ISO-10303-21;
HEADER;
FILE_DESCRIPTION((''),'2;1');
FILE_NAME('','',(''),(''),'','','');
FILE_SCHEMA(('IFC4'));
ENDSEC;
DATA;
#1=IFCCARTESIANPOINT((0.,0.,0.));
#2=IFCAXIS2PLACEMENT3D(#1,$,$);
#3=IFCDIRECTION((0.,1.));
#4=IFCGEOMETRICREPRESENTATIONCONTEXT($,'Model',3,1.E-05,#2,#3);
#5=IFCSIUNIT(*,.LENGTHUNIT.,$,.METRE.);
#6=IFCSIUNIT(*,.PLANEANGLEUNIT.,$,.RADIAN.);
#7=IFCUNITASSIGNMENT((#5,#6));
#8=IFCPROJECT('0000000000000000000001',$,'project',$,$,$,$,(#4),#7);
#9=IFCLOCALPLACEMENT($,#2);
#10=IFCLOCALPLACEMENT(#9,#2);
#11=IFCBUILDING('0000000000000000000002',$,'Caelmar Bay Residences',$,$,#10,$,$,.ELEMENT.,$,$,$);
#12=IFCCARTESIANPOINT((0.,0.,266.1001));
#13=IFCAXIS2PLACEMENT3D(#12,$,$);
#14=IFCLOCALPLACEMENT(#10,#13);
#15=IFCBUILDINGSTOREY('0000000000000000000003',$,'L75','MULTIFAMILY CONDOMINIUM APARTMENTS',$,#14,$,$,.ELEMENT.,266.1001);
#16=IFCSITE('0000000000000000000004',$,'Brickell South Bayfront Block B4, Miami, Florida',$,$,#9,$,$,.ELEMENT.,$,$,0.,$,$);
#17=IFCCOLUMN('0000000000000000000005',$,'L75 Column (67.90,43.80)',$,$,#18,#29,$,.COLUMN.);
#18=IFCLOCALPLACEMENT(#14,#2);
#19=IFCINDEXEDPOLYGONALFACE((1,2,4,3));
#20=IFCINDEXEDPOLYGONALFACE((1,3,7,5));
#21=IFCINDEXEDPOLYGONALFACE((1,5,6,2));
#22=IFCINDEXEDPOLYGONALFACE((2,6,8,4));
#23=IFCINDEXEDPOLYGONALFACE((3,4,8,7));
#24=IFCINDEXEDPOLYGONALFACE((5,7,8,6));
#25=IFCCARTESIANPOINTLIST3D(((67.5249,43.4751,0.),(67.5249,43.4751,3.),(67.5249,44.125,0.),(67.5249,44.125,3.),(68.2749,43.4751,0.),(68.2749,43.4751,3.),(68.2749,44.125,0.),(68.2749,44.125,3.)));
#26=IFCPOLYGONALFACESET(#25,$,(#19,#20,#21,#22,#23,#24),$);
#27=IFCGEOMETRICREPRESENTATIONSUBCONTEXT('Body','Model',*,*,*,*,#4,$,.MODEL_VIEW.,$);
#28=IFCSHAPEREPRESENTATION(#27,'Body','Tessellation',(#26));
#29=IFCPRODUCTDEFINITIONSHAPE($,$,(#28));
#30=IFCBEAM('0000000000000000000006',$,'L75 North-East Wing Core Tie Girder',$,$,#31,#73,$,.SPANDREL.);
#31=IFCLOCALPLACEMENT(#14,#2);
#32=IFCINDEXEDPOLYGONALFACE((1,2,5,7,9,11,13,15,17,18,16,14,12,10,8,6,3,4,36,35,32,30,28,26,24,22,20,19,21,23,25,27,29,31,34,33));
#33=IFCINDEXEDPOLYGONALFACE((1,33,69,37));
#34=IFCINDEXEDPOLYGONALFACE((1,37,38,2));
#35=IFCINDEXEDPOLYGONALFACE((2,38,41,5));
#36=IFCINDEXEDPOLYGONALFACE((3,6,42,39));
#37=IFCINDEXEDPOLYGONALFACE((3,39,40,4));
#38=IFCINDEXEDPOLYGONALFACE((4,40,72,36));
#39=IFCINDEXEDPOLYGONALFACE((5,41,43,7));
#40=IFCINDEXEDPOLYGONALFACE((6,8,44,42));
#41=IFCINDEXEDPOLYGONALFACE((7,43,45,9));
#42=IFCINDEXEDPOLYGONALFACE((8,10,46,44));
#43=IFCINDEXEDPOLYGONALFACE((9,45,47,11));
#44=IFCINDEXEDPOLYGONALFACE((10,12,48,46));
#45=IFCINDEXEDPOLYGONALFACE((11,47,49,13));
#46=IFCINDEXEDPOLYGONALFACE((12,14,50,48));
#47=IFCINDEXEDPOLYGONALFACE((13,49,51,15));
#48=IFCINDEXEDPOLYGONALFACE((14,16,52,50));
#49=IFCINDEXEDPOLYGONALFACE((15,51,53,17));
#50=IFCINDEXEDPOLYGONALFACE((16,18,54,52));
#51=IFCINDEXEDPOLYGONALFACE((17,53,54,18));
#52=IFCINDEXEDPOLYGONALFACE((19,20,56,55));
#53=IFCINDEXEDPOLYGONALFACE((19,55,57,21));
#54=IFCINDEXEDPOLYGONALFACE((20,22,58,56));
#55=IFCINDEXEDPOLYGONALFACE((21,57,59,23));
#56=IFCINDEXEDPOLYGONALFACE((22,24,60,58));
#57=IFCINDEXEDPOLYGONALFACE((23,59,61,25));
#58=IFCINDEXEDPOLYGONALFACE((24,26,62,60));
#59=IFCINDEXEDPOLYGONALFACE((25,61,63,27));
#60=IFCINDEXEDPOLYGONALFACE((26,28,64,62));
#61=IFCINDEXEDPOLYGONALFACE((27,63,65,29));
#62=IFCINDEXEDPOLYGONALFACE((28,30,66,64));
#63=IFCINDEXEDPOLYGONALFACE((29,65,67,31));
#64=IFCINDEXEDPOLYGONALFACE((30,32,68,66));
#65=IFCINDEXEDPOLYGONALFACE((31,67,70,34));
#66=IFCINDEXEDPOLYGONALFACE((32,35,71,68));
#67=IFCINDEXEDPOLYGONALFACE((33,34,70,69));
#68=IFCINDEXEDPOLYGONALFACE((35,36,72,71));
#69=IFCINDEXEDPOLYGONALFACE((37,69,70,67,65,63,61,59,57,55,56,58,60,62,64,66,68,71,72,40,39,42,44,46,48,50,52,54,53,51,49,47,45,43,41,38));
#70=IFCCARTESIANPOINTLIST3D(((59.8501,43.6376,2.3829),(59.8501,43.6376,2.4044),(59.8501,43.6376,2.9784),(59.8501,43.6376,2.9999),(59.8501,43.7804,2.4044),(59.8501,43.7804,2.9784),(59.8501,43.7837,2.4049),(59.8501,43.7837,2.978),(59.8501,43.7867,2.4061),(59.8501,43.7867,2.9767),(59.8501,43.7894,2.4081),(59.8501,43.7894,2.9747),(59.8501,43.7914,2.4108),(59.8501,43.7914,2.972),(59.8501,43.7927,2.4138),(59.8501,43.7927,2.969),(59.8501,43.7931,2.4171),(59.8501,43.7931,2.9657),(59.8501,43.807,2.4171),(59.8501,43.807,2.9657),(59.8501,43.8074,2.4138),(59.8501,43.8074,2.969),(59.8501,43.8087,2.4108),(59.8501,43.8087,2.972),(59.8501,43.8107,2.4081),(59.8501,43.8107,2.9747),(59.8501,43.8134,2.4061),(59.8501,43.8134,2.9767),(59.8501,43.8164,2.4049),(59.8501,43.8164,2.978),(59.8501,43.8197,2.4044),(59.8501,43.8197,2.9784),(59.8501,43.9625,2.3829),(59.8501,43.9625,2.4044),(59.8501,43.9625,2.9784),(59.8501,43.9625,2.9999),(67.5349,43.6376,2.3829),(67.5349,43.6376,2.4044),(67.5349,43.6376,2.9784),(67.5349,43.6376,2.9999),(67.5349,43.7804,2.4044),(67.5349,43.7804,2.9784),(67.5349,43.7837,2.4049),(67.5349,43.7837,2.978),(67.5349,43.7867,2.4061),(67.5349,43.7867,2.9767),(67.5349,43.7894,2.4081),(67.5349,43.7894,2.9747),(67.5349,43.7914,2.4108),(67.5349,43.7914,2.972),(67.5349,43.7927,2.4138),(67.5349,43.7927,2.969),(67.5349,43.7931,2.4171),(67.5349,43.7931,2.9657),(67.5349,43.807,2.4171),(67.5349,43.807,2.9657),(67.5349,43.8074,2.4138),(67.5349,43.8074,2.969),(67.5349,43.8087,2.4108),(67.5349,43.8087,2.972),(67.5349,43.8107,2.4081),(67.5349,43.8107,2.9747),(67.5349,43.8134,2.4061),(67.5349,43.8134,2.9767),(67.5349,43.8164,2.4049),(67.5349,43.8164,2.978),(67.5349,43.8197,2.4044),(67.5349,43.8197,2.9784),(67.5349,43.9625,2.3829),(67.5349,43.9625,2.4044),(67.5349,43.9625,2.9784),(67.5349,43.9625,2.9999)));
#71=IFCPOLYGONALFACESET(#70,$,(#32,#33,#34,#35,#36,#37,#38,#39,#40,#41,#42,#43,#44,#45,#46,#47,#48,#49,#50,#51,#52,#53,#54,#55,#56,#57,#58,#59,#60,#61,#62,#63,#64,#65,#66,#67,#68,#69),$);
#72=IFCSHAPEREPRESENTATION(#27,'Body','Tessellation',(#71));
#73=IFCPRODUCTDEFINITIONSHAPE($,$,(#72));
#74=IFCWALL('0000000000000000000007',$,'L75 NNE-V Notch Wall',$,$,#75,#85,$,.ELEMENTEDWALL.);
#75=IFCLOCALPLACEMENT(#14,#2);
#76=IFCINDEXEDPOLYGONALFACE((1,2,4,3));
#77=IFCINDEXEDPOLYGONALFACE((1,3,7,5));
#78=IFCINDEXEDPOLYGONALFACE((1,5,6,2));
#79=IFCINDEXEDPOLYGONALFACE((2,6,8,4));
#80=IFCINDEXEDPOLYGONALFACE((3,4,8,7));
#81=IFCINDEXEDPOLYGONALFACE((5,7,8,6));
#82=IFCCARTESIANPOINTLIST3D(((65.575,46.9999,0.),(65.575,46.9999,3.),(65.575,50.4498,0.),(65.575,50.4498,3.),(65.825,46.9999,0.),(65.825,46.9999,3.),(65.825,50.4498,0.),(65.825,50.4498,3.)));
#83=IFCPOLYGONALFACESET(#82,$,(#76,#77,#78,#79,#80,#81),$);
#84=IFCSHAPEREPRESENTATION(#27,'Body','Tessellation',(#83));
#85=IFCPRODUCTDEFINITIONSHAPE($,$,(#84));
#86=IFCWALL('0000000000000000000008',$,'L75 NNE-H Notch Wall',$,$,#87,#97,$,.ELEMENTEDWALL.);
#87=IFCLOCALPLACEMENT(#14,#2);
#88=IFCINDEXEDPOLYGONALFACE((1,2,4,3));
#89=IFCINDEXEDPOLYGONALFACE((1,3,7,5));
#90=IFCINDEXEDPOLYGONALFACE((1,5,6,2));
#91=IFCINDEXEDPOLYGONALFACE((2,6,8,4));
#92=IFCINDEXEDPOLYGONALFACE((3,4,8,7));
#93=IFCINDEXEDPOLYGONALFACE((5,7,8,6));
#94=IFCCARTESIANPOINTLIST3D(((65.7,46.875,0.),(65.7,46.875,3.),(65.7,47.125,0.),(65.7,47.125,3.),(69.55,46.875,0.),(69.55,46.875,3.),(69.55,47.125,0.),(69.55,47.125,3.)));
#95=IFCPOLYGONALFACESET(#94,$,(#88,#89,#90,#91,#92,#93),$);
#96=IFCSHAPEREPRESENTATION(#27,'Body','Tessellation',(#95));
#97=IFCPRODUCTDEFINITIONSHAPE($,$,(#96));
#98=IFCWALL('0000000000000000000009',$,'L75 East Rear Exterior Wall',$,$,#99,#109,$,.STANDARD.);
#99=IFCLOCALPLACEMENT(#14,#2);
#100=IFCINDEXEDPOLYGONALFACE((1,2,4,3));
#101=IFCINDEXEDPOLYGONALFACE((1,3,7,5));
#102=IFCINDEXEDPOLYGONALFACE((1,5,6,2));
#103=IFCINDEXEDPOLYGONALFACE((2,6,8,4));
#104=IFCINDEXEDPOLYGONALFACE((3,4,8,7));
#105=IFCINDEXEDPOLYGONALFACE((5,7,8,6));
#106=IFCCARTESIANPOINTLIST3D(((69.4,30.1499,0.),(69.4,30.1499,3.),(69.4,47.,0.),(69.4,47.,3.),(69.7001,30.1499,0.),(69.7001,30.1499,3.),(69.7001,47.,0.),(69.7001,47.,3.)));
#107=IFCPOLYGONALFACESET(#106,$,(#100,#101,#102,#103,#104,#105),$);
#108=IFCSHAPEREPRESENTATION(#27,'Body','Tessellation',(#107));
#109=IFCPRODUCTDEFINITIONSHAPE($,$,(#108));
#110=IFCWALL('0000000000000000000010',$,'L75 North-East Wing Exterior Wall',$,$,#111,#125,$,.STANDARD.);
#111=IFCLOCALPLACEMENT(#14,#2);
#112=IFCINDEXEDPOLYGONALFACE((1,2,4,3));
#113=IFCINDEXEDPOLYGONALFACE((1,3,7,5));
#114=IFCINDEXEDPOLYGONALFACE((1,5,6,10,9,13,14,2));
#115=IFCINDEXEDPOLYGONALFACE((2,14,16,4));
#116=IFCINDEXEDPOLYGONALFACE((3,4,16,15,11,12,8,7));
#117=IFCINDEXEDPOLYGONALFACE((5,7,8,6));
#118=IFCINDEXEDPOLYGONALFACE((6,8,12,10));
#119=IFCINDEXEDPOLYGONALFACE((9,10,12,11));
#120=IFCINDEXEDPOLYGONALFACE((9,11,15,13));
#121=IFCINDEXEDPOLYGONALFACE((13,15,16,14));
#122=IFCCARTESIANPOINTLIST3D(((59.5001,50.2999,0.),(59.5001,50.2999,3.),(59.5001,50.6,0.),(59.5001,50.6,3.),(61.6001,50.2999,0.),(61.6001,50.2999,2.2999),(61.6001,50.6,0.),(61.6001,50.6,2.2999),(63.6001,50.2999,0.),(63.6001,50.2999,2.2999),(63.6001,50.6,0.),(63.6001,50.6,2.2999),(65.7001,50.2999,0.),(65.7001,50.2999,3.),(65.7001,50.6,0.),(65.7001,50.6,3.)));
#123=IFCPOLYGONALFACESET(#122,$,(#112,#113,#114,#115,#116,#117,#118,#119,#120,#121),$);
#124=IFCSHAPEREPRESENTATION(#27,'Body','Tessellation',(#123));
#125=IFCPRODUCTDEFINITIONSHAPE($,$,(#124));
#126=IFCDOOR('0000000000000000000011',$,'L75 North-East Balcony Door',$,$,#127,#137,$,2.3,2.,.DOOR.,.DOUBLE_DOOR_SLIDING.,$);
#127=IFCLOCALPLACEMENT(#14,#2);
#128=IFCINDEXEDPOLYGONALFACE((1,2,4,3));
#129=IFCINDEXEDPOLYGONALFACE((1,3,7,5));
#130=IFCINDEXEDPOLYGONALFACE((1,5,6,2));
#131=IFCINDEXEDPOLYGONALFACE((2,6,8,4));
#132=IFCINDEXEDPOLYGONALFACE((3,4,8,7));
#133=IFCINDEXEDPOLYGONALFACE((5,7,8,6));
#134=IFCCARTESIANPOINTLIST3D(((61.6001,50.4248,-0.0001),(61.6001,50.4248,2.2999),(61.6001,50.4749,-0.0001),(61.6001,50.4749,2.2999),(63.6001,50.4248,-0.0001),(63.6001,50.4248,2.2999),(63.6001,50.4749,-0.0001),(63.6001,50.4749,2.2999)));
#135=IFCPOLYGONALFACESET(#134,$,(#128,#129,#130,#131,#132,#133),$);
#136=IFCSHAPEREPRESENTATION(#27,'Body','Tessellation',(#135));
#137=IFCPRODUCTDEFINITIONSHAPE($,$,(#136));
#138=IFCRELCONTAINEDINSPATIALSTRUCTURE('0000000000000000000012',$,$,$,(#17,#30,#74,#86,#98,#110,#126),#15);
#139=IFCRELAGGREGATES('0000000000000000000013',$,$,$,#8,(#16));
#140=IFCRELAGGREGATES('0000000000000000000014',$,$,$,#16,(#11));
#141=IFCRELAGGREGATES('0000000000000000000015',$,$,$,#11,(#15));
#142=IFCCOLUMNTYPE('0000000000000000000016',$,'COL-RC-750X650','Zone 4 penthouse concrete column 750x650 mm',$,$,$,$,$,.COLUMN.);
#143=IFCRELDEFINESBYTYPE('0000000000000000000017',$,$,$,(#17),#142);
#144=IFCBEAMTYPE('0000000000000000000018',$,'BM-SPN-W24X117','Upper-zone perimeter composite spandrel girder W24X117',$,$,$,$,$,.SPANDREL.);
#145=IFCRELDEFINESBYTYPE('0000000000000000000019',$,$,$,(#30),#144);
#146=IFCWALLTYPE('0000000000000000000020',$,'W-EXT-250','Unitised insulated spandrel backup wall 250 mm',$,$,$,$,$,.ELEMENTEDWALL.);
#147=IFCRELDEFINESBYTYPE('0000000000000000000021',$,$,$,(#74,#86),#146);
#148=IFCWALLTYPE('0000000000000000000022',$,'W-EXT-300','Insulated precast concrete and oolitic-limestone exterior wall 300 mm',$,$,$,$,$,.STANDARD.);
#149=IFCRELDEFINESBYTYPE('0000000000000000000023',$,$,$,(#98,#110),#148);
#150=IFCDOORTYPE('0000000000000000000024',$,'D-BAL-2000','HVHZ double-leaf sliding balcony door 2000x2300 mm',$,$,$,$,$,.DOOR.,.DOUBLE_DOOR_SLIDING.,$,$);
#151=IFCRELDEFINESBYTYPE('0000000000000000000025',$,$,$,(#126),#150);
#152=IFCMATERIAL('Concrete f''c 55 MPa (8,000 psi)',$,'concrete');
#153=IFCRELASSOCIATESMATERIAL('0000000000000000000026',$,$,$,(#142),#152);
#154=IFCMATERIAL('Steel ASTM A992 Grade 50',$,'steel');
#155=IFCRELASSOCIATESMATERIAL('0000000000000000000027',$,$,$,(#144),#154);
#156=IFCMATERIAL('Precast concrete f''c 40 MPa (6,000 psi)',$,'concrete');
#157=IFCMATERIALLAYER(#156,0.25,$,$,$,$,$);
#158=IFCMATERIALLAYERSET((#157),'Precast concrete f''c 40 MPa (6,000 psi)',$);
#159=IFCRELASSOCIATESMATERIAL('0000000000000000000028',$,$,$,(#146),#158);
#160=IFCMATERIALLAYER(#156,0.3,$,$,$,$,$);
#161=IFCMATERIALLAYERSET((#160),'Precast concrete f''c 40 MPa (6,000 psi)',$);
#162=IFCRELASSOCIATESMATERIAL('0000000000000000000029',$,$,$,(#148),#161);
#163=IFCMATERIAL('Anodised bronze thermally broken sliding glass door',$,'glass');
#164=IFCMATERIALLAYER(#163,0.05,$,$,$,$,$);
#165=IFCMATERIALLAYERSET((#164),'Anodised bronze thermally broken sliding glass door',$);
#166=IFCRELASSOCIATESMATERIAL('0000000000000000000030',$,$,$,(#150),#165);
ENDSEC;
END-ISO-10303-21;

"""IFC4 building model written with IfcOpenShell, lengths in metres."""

from ifc_helpers import new_model, si_unit, direction, frame, frame_2d, origin, origin_2d, place, context, subcontext, project, spatial, rectangle, i_section, extrude, material, layer, layer_set, material_profile, profile_set, type_object, element, fill, save


model = new_model("IFC4")

# Units and contexts
model_context = context("Model", 3, precision=1e-05, world=origin(), true_north=direction((0.0, 1.0)))
body_context = subcontext(model_context, "Body", "Model", "MODEL_VIEW")
ifc_project = project(units=[si_unit("LENGTHUNIT", "METRE"), si_unit("PLANEANGLEUNIT", "RADIAN")], contexts=[model_context])

# Site, building, storey
site_placement = place(None, origin())
site = spatial("IfcSite", under=ifc_project, at=site_placement, Name="Brickell South Bayfront Block B4, Miami, Florida", CompositionType="ELEMENT", RefElevation=0.0)
building_placement = place(site_placement, origin())
building = spatial("IfcBuilding", under=site, at=building_placement, Name="Caelmar Bay Residences", CompositionType="ELEMENT")
storey_placement = place(building_placement, frame((0.0, 0.0, 266.1001)))
storey = spatial("IfcBuildingStorey", under=building, at=storey_placement, Name="L75", Description="MULTIFAMILY CONDOMINIUM APARTMENTS", CompositionType="ELEMENT", Elevation=266.1001)

# Column
ifc_material_1 = material(Name="Concrete f'c 55 MPa (8,000 psi)", Category="concrete")
ifc_material_profile_1 = material_profile(ifc_material_1, rectangle(XDim=0.75, YDim=0.6499, at=origin_2d()), Name="RC-COL-750X650")
ifc_profile_set_1 = profile_set([ifc_material_profile_1], Name="Concrete f'c 55 MPa (8,000 psi)")
column_type = type_object("IfcColumnType", Name="COL-RC-750X650", Description="Zone 4 penthouse concrete column 750x650 mm", PredefinedType="COLUMN", material=ifc_profile_set_1)
column_placement = place(storey_placement, frame((67.8999, 43.8, 0.0), z_axis=(0.0, 0.0, 1.0), x_axis=(1.0, 0.0, 0.0)))
element("IfcColumn", 1, at=column_placement, inside=storey, type_object=column_type, Name="L75 Column (67.90,43.80)", PredefinedType="COLUMN", context=body_context, shape_type="SweptSolid", body=[
    extrude(rectangle(XDim=0.75, YDim=0.6499, at=origin_2d()), origin(), (0.0, 0.0, 1.0), 3.0),
])

# Beam
ifc_material_2 = material(Name="Steel ASTM A992 Grade 50", Category="steel")
ifc_material_profile_2 = material_profile(ifc_material_2, i_section(OverallWidth=0.325, OverallDepth=0.6169, WebThickness=0.0139, FlangeThickness=0.0215, FilletRadius=0.0127, at=origin_2d()), Name="W24X117")
ifc_profile_set_2 = profile_set([ifc_material_profile_2], Name="Steel ASTM A992 Grade 50")
beam_type = type_object("IfcBeamType", Name="BM-SPN-W24X117", Description="Upper-zone perimeter composite spandrel girder W24X117", PredefinedType="SPANDREL", material=ifc_profile_set_2)
beam_placement = place(storey_placement, frame((59.8501, 43.8, 2.6914), z_axis=(1.0, 0.0, 0.0), x_axis=(0.0, 1.0, 0.0)))
element("IfcBeam", 2, at=beam_placement, inside=storey, type_object=beam_type, Name="L75 North-East Wing Core Tie Girder", PredefinedType="SPANDREL", context=body_context, shape_type="SweptSolid", body=[
    extrude(i_section(OverallWidth=0.325, OverallDepth=0.6169, WebThickness=0.0139, FlangeThickness=0.0215, FilletRadius=0.0127, at=origin_2d()), origin(), (0.0, 0.0, 1.0), 7.6848),
])

# Walls
ifc_material_3 = material(Name="Precast concrete f'c 40 MPa (6,000 psi)", Category="concrete")
ifc_layer_1 = layer(ifc_material_3, 0.25)
ifc_layer_set_1 = layer_set([ifc_layer_1], Name="Precast concrete f'c 40 MPa (6,000 psi)")
wall_type_1 = type_object("IfcWallType", Name="W-EXT-250", Description="Unitised insulated spandrel backup wall 250 mm", PredefinedType="ELEMENTEDWALL", material=ifc_layer_set_1)
wall_1_placement = place(storey_placement, frame((65.7, 50.45, 0.0), z_axis=(0.0, 0.0, 1.0), x_axis=(0.0, -1.0, 0.0)))
element("IfcWall", 3, at=wall_1_placement, inside=storey, type_object=wall_type_1, Name="L75 NNE-V Notch Wall", PredefinedType="ELEMENTEDWALL", context=body_context, shape_type="SweptSolid", body=[
    extrude(rectangle(XDim=3.45, YDim=0.25, at=frame_2d((1.7251, 0.0))), origin(), (0.0, 0.0, 1.0), 3.0),
])
wall_2_placement = place(storey_placement, frame((65.7, 47.0, 0.0), z_axis=(0.0, 0.0, 1.0), x_axis=(1.0, 0.0, 0.0)))
element("IfcWall", 4, at=wall_2_placement, inside=storey, type_object=wall_type_1, Name="L75 NNE-H Notch Wall", PredefinedType="ELEMENTEDWALL", context=body_context, shape_type="SweptSolid", body=[
    extrude(rectangle(XDim=3.8501, YDim=0.25, at=frame_2d((1.925, 0.0))), origin(), (0.0, 0.0, 1.0), 3.0),
])
ifc_layer_2 = layer(ifc_material_3, 0.3)
ifc_layer_set_2 = layer_set([ifc_layer_2], Name="Precast concrete f'c 40 MPa (6,000 psi)")
wall_type_2 = type_object("IfcWallType", Name="W-EXT-300", Description="Insulated precast concrete and oolitic-limestone exterior wall 300 mm", PredefinedType="STANDARD", material=ifc_layer_set_2)
wall_3_placement = place(storey_placement, frame((69.55, 47.0, 0.0), z_axis=(0.0, 0.0, 1.0), x_axis=(0.0, -1.0, 0.0)))
element("IfcWall", 5, at=wall_3_placement, inside=storey, type_object=wall_type_2, Name="L75 East Rear Exterior Wall", PredefinedType="STANDARD", context=body_context, shape_type="SweptSolid", body=[
    extrude(rectangle(XDim=16.8501, YDim=0.3, at=frame_2d((8.425, 0.0))), origin(), (0.0, 0.0, 1.0), 3.0),
])

# Wall, opening, door
wall_4_placement = place(storey_placement, frame((59.5, 50.45, 0.0), z_axis=(0.0, 0.0, 1.0), x_axis=(1.0, 0.0, 0.0)))
wall_4 = element("IfcWall", 6, at=wall_4_placement, inside=storey, type_object=wall_type_2, Name="L75 North-East Wing Exterior Wall", PredefinedType="STANDARD", context=body_context, shape_type="SweptSolid", body=[
    extrude(rectangle(XDim=6.2, YDim=0.3, at=frame_2d((3.1001, 0.0))), origin(), (0.0, 0.0, 1.0), 3.0),
])
opening_1_placement = place(wall_4_placement, frame((2.1001, 0.0, 0.0)))
opening_1 = element("IfcOpeningElement", 7, at=opening_1_placement, cuts=wall_4, PredefinedType="OPENING", context=body_context, shape_type="SweptSolid", body=[
    extrude(rectangle(XDim=2.0, YDim=2.3, at=frame_2d((1.0, 1.1499))), frame((0.0, 0.1599, 0.0), z_axis=(0.0, -1.0, 0.0), x_axis=(1.0, 0.0, 0.0)), (0.0, 0.0, 1.0), 0.3201),
])
ifc_material_4 = material(Name="Anodised bronze thermally broken sliding glass door", Category="glass")
ifc_layer_3 = layer(ifc_material_4, 0.05)
ifc_layer_set_3 = layer_set([ifc_layer_3], Name="Anodised bronze thermally broken sliding glass door")
door_type_1 = type_object("IfcDoorType", Name="D-BAL-2000", Description="HVHZ double-leaf sliding balcony door 2000x2300 mm", OperationType="DOUBLE_DOOR_SLIDING", PredefinedType="DOOR", material=ifc_layer_set_3)
door_1_placement = place(opening_1_placement, origin())
door_1 = element("IfcDoor", 8, at=door_1_placement, inside=storey, type_object=door_type_1, Name="L75 North-East Balcony Door", OperationType="DOUBLE_DOOR_SLIDING", OverallHeight=2.3, OverallWidth=2.0, PredefinedType="DOOR", context=body_context, shape_type="SweptSolid", body=[
    extrude(rectangle(XDim=2.0, YDim=2.3, at=frame_2d((1.0, 1.1499))), frame((0.0, 0.0249, 0.0), z_axis=(0.0, -1.0, 0.0), x_axis=(1.0, 0.0, 0.0)), (0.0, 0.0, 1.0), 0.05),
])
fill(opening_1, door_1)

save(model, "model.ifc")
